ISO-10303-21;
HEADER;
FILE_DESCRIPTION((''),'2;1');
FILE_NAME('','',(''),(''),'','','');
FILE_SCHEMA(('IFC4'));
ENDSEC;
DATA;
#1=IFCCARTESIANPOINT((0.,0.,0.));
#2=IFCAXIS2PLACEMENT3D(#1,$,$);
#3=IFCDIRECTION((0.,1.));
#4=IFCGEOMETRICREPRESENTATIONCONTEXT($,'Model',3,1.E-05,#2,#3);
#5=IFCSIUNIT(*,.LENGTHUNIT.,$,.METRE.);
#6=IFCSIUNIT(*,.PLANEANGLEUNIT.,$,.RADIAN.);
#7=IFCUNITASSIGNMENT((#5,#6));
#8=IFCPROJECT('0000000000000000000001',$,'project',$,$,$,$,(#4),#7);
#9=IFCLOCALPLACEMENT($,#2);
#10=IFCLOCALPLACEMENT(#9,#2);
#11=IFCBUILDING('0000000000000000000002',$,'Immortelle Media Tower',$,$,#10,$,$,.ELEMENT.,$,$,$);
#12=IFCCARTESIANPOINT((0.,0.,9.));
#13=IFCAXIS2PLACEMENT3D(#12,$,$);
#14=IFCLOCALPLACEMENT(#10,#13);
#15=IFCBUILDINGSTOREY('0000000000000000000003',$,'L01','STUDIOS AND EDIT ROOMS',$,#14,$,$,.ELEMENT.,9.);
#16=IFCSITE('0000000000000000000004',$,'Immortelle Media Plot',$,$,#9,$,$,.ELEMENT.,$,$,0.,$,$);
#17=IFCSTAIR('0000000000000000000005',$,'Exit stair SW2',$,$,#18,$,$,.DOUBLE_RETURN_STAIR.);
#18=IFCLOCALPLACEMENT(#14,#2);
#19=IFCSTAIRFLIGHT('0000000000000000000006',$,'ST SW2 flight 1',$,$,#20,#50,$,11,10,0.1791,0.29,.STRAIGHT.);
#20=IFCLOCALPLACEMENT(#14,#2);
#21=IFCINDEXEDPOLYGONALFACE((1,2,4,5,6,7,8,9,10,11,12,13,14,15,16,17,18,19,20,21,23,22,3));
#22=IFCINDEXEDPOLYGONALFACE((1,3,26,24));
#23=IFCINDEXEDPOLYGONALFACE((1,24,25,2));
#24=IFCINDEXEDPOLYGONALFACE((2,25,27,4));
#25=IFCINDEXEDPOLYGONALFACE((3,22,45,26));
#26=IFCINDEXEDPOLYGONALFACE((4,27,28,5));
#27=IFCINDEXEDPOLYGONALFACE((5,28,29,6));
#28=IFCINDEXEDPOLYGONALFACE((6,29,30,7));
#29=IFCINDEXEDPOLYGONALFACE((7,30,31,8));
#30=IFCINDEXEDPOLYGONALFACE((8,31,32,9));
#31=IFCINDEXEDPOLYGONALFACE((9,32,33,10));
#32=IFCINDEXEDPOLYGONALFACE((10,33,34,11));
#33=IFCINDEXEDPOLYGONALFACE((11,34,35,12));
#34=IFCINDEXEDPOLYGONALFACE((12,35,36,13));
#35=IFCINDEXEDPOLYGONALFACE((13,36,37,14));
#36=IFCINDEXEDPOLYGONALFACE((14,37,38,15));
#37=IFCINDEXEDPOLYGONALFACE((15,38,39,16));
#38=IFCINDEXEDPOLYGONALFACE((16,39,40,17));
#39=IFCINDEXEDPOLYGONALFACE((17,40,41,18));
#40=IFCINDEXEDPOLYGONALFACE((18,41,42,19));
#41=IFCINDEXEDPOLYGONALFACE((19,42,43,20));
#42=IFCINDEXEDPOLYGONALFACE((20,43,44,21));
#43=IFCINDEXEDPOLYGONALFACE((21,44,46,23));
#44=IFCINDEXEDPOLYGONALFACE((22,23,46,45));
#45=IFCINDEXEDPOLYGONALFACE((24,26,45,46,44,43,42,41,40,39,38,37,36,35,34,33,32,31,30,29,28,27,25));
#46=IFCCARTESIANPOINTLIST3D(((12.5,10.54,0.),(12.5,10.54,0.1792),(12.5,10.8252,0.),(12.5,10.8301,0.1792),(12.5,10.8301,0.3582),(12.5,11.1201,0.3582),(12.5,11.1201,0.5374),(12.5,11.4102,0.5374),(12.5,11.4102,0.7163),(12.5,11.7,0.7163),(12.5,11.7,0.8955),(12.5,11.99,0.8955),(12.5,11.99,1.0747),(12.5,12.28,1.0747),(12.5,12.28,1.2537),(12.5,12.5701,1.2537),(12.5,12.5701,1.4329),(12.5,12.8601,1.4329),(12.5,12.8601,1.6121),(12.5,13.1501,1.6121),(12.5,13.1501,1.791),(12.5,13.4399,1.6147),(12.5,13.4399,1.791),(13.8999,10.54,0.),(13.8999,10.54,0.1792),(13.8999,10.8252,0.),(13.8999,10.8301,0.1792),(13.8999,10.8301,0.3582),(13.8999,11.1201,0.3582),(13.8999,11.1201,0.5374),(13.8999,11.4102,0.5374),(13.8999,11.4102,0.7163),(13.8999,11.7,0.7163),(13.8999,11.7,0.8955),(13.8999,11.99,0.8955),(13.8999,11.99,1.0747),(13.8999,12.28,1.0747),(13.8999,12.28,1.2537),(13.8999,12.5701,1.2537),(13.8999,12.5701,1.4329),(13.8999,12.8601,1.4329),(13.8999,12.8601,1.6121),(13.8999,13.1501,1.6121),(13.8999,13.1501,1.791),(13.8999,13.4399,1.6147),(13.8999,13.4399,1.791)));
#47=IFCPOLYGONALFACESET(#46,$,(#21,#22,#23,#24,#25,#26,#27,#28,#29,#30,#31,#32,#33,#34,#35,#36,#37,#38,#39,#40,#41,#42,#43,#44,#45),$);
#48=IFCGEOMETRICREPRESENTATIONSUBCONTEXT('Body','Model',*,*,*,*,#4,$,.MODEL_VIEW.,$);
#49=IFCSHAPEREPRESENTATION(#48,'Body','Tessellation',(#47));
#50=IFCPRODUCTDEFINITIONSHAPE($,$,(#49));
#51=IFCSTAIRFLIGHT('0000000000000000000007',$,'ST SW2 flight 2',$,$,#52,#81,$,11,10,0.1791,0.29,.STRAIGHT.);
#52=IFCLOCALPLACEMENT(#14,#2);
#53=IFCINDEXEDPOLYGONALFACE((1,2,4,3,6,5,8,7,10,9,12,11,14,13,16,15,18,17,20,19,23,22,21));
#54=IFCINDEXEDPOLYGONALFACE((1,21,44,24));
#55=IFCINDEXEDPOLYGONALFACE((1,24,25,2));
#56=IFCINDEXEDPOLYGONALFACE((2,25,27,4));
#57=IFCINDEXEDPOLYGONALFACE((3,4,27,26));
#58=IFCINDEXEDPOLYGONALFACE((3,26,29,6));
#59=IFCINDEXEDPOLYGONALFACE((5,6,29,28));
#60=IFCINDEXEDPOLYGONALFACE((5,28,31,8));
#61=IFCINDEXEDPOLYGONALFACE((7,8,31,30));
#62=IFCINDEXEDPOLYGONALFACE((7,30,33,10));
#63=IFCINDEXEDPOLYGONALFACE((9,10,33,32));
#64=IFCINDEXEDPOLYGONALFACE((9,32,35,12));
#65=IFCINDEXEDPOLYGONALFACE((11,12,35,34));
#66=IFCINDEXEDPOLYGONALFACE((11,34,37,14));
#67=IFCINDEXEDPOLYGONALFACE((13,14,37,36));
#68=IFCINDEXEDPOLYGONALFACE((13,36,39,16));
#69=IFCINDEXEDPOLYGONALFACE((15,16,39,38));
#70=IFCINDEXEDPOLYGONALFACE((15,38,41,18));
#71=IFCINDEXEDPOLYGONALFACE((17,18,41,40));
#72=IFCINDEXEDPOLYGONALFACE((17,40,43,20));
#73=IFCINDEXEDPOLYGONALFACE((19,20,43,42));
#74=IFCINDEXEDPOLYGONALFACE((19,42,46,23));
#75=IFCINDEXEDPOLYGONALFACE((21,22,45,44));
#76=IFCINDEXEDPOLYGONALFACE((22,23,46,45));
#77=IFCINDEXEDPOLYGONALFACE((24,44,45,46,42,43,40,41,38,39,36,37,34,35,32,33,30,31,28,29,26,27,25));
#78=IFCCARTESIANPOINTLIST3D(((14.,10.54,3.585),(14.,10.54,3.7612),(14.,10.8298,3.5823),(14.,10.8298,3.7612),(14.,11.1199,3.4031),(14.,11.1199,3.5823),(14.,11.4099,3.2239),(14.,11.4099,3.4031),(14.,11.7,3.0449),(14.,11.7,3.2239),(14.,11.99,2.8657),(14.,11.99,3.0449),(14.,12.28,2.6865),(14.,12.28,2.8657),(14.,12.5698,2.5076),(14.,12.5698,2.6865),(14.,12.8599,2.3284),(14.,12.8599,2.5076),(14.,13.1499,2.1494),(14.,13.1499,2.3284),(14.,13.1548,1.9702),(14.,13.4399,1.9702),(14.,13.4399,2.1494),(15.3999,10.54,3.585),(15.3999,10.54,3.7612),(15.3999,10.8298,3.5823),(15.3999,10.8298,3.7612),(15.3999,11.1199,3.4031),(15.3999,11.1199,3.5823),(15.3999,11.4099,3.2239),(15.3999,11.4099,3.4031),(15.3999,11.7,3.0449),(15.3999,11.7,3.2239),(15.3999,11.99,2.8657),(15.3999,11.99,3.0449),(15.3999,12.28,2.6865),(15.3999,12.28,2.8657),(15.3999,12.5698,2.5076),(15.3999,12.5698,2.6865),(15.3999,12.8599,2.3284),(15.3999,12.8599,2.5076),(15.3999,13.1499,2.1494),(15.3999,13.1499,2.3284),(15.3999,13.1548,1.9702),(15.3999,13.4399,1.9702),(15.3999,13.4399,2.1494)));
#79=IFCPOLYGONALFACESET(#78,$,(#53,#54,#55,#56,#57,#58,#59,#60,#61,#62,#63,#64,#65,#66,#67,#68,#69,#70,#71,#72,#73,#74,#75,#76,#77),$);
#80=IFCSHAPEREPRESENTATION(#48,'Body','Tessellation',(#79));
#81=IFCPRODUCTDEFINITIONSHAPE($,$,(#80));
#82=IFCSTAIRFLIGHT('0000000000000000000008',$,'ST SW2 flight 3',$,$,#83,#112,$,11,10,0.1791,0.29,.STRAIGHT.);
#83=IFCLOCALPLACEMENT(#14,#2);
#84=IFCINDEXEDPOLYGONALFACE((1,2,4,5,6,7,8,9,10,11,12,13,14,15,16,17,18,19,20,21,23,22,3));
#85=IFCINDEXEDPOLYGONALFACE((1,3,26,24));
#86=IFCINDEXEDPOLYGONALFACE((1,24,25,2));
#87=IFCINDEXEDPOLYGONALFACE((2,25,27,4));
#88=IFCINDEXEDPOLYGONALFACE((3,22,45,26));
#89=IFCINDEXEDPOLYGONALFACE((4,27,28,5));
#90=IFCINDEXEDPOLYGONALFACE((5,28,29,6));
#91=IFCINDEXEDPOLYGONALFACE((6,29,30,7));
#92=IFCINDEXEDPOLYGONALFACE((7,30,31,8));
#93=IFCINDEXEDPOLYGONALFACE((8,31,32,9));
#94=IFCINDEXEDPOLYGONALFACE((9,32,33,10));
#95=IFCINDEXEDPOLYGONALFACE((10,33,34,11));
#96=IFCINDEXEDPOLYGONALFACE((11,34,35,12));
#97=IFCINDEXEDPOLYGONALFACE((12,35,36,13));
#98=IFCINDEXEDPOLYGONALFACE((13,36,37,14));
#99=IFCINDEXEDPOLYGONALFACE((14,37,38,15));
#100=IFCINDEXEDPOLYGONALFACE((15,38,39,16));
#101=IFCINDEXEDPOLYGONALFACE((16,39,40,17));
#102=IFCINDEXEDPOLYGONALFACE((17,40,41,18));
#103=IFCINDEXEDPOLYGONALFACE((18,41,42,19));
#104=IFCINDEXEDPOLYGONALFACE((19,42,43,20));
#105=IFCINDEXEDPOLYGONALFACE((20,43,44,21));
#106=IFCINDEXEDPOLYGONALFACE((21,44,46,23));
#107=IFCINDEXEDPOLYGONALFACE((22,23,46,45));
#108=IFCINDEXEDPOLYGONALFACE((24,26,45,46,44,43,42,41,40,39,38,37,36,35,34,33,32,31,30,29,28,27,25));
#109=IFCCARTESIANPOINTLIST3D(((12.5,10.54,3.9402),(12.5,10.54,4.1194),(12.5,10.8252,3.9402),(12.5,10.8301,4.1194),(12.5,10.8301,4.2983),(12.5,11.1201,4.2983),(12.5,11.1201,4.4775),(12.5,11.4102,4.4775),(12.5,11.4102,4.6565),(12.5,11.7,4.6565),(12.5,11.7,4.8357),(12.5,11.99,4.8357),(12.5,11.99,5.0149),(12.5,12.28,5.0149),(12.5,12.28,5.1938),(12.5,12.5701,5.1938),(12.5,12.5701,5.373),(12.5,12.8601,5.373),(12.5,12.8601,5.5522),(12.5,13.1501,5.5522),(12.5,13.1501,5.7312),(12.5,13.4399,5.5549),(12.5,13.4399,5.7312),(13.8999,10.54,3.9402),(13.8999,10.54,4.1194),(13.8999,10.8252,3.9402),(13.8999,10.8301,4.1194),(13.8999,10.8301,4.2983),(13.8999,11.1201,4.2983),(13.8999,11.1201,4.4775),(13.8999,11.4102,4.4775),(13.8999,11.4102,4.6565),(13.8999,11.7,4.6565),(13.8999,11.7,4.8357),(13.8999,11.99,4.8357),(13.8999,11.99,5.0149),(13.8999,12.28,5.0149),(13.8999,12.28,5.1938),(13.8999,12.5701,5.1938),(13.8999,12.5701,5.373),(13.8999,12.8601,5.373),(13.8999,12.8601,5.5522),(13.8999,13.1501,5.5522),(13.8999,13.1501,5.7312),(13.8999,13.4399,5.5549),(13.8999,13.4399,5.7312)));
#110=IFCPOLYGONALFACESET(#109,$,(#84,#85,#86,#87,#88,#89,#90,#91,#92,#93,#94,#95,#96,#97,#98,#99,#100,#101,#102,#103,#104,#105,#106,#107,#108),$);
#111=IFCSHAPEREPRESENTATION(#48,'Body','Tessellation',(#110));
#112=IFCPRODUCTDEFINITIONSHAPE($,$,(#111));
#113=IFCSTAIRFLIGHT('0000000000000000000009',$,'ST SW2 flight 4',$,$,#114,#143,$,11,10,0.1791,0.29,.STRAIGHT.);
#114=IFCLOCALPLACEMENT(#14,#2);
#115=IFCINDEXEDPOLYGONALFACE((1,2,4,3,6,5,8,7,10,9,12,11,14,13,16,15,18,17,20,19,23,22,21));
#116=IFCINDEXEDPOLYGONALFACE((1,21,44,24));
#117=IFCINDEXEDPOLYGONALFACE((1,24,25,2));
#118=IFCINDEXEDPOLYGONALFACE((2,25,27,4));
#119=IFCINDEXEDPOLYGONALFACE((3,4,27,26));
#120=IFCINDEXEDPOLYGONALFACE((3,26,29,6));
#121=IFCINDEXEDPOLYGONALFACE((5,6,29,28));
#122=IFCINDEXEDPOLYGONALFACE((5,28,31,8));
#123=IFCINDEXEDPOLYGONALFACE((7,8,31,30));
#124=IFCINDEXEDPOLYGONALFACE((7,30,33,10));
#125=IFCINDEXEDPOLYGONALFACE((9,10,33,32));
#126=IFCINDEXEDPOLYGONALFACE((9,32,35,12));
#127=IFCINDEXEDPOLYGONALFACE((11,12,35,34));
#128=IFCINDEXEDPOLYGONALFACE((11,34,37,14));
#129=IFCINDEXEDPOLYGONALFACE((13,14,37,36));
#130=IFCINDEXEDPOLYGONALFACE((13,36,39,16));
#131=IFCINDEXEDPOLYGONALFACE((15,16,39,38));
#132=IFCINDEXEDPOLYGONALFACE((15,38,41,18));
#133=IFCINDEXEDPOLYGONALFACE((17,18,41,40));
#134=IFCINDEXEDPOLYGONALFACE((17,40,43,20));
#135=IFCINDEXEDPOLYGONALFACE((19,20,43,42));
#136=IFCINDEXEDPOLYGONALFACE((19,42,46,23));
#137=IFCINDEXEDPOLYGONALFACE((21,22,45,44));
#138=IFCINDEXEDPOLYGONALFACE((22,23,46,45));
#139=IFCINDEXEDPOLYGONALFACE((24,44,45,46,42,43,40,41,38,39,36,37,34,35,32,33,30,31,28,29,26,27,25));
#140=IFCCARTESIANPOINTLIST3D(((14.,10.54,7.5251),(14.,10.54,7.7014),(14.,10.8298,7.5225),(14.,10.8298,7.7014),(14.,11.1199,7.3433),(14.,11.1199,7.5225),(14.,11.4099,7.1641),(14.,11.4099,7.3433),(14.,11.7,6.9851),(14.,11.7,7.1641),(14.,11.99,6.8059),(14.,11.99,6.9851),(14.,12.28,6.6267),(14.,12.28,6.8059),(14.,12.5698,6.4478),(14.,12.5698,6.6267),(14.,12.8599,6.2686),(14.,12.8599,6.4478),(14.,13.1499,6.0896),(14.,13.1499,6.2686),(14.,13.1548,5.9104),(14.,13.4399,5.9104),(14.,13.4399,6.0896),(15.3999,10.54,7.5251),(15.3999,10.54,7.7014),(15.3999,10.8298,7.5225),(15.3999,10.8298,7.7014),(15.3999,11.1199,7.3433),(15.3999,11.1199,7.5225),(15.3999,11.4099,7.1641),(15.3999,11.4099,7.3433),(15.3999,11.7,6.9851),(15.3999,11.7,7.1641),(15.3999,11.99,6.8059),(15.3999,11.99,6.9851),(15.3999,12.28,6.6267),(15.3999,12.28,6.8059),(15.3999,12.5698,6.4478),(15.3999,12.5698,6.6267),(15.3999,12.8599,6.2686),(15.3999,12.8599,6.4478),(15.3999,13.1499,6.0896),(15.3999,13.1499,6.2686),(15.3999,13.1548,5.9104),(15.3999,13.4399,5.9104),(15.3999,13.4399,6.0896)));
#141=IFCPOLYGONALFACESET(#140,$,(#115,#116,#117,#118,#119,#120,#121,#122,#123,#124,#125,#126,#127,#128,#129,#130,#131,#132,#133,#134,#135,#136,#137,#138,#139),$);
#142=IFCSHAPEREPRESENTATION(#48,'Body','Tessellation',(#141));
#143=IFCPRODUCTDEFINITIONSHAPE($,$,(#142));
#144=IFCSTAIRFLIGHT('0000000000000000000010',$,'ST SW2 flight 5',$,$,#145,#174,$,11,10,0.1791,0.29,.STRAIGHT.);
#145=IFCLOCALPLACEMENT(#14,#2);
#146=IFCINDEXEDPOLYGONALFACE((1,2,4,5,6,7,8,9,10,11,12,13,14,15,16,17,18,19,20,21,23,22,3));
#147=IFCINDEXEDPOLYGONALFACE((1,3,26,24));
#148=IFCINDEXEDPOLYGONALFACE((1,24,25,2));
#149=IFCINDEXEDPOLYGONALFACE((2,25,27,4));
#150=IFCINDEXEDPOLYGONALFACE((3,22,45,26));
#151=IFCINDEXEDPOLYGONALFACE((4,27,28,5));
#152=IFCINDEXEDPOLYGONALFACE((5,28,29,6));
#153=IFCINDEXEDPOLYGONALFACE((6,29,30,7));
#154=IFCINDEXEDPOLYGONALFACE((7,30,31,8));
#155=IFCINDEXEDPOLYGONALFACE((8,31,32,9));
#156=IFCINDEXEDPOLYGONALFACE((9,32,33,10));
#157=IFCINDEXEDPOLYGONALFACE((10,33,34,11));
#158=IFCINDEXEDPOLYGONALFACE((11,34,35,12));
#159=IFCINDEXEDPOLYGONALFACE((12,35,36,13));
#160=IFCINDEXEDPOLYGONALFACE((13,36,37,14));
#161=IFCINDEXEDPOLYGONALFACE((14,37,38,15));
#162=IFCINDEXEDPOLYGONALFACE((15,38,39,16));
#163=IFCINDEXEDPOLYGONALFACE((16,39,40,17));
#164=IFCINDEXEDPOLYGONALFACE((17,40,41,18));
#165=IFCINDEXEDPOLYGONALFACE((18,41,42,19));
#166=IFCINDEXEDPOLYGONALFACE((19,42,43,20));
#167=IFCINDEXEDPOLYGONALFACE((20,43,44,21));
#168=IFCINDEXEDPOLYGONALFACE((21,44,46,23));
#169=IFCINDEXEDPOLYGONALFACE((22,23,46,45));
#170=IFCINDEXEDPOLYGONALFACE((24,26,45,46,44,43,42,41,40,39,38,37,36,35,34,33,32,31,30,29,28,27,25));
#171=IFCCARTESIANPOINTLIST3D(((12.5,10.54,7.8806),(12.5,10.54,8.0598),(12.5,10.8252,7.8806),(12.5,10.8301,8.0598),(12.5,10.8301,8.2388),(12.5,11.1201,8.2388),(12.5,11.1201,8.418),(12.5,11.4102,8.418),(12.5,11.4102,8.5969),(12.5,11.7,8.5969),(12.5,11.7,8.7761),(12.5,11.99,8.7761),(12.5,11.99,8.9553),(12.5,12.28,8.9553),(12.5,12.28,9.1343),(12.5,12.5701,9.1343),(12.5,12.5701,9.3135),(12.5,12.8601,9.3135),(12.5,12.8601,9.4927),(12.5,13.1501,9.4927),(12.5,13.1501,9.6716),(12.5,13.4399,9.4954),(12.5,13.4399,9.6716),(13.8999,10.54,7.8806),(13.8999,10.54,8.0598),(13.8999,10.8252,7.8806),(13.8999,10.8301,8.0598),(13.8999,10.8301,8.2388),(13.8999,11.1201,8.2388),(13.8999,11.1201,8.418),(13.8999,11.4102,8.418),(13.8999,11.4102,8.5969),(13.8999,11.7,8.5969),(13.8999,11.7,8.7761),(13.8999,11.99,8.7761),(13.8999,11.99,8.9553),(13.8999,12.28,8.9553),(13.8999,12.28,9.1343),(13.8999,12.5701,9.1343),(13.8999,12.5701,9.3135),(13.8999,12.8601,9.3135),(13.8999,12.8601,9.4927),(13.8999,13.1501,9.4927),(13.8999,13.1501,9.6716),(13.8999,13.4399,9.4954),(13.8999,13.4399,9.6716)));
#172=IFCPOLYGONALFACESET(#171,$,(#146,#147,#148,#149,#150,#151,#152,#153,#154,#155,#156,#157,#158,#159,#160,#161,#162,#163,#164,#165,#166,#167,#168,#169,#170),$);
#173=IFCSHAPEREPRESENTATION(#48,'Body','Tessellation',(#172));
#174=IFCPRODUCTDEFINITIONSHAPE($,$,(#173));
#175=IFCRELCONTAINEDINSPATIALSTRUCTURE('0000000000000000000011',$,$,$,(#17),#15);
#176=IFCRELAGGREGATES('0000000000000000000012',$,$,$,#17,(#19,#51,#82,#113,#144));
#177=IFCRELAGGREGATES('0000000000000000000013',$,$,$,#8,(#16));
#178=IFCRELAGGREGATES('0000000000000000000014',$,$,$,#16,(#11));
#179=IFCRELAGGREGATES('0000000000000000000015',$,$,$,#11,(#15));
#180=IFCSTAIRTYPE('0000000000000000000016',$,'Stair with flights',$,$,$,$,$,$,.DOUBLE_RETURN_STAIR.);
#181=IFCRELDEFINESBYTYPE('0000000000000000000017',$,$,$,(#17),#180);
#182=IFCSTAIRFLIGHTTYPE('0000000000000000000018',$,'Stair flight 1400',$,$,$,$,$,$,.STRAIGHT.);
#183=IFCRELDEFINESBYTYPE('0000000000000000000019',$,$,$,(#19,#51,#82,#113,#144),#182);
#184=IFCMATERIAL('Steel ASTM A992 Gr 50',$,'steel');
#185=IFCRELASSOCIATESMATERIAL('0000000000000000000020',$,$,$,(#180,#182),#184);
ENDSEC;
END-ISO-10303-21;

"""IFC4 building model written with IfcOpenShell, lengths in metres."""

from ifc_helpers import new_model, si_unit, direction, frame, origin, place, context, subcontext, project, spatial, polyline, outline, extrude, material, type_object, element, aggregate, save


model = new_model("IFC4")

# Units and contexts
model_context = context("Model", 3, precision=1e-05, world=origin(), true_north=direction((0.0, 1.0)))
body_context = subcontext(model_context, "Body", "Model", "MODEL_VIEW")
ifc_project = project(units=[si_unit("LENGTHUNIT", "METRE"), si_unit("PLANEANGLEUNIT", "RADIAN")], contexts=[model_context])

# Site, building, storey
site_placement = place(None, origin())
site = spatial("IfcSite", under=ifc_project, at=site_placement, Name="Immortelle Media Plot", CompositionType="ELEMENT", RefElevation=0.0)
building_placement = place(site_placement, origin())
building = spatial("IfcBuilding", under=site, at=building_placement, Name="Immortelle Media Tower", CompositionType="ELEMENT")
storey_placement = place(building_placement, frame((0.0, 0.0, 9.0)))
storey = spatial("IfcBuildingStorey", under=building, at=storey_placement, Name="L01", Description="STUDIOS AND EDIT ROOMS", CompositionType="ELEMENT", Elevation=9.0)

# Shared definitions
ifc_material_1 = material(Name="Steel ASTM A992 Gr 50", Category="steel")

# Stair, stair flights
stair_type = type_object("IfcStairType", Name="Stair with flights", PredefinedType="DOUBLE_RETURN_STAIR", material=ifc_material_1)
stair_flight_type = type_object("IfcStairFlightType", Name="Stair flight 1400", PredefinedType="STRAIGHT", material=ifc_material_1)
stair_1_placement = place(storey_placement, origin())
stair_1 = element("IfcStair", 1, at=stair_1_placement, inside=storey, type_object=stair_type, Name="Exit stair SW2", PredefinedType="DOUBLE_RETURN_STAIR")
stair_flight_1_placement = place(storey_placement, frame((13.2, 10.54, 0.0), z_axis=(0.0, 0.0, 1.0), x_axis=(0.0, 1.0, 0.0)))
stair_flight_1 = element("IfcStairFlight", 2, at=stair_flight_1_placement, type_object=stair_flight_type, Name="ST SW2 flight 1", NumberOfRisers=11, NumberOfTreads=10, PredefinedType="STRAIGHT", RiserHeight=0.1791, TreadLength=0.29, context=body_context, shape_type="SweptSolid", body=[
    extrude(outline(polyline([(0.0, 0.0), (0.0, 0.1792), (0.29, 0.1792), (0.29, 0.3582), (0.5801, 0.3582), (0.5801, 0.5374), (0.8701, 0.5374), (0.8701, 0.7163), (1.1599, 0.7163), (1.1599, 0.8955), (1.45, 0.8955), (1.45, 1.0747), (1.74, 1.0747), (1.74, 1.2537), (2.03, 1.2537), (2.03, 1.4329), (2.3201, 1.4329), (2.3201, 1.6121), (2.6101, 1.6121), (2.6101, 1.791), (2.8999, 1.791), (2.8999, 1.9702), (2.8999, 1.6147), (0.2852, 0.0), (0.0, 0.0)])), frame((0.0, 0.7, 0.0), z_axis=(0.0, -1.0, 0.0), x_axis=(1.0, 0.0, 0.0)), (0.0, 0.0, 1.0), 1.3999),
])
stair_flight_2_placement = place(storey_placement, frame((14.7, 13.4399, 1.9702), z_axis=(0.0, 0.0, 1.0), x_axis=(0.0, -1.0, 0.0)))
stair_flight_2 = element("IfcStairFlight", 3, at=stair_flight_2_placement, type_object=stair_flight_type, Name="ST SW2 flight 2", NumberOfRisers=11, NumberOfTreads=10, PredefinedType="STRAIGHT", RiserHeight=0.1791, TreadLength=0.29, context=body_context, shape_type="SweptSolid", body=[
    extrude(outline(polyline([(0.0, 0.0), (0.0, 0.1792), (0.29, 0.1792), (0.29, 0.3582), (0.5801, 0.3582), (0.5801, 0.5374), (0.8701, 0.5374), (0.8701, 0.7163), (1.1599, 0.7163), (1.1599, 0.8955), (1.45, 0.8955), (1.45, 1.0747), (1.74, 1.0747), (1.74, 1.2537), (2.03, 1.2537), (2.03, 1.4329), (2.3201, 1.4329), (2.3201, 1.6121), (2.6101, 1.6121), (2.6101, 1.791), (2.8999, 1.791), (2.8999, 1.9702), (2.8999, 1.6147), (0.2852, 0.0), (0.0, 0.0)])), frame((0.0, 0.7, 0.0), z_axis=(0.0, -1.0, 0.0), x_axis=(1.0, 0.0, 0.0)), (0.0, 0.0, 1.0), 1.3999),
])
stair_flight_3_placement = place(storey_placement, frame((13.2, 10.54, 3.9402), z_axis=(0.0, 0.0, 1.0), x_axis=(0.0, 1.0, 0.0)))
stair_flight_3 = element("IfcStairFlight", 4, at=stair_flight_3_placement, type_object=stair_flight_type, Name="ST SW2 flight 3", NumberOfRisers=11, NumberOfTreads=10, PredefinedType="STRAIGHT", RiserHeight=0.1791, TreadLength=0.29, context=body_context, shape_type="SweptSolid", body=[
    extrude(outline(polyline([(0.0, 0.0), (0.0, 0.1792), (0.29, 0.1792), (0.29, 0.3582), (0.5801, 0.3582), (0.5801, 0.5374), (0.8701, 0.5374), (0.8701, 0.7163), (1.1599, 0.7163), (1.1599, 0.8955), (1.45, 0.8955), (1.45, 1.0747), (1.74, 1.0747), (1.74, 1.2537), (2.03, 1.2537), (2.03, 1.4329), (2.3201, 1.4329), (2.3201, 1.6121), (2.6101, 1.6121), (2.6101, 1.791), (2.8999, 1.791), (2.8999, 1.9702), (2.8999, 1.6147), (0.2852, 0.0), (0.0, 0.0)])), frame((0.0, 0.7, 0.0), z_axis=(0.0, -1.0, 0.0), x_axis=(1.0, 0.0, 0.0)), (0.0, 0.0, 1.0), 1.3999),
])
stair_flight_4_placement = place(storey_placement, frame((14.7, 13.4399, 5.9104), z_axis=(0.0, 0.0, 1.0), x_axis=(0.0, -1.0, 0.0)))
stair_flight_4 = element("IfcStairFlight", 5, at=stair_flight_4_placement, type_object=stair_flight_type, Name="ST SW2 flight 4", NumberOfRisers=11, NumberOfTreads=10, PredefinedType="STRAIGHT", RiserHeight=0.1791, TreadLength=0.29, context=body_context, shape_type="SweptSolid", body=[
    extrude(outline(polyline([(0.0, 0.0), (0.0, 0.1792), (0.29, 0.1792), (0.29, 0.3582), (0.5801, 0.3582), (0.5801, 0.5374), (0.8701, 0.5374), (0.8701, 0.7163), (1.1599, 0.7163), (1.1599, 0.8955), (1.45, 0.8955), (1.45, 1.0747), (1.74, 1.0747), (1.74, 1.2537), (2.03, 1.2537), (2.03, 1.4329), (2.3201, 1.4329), (2.3201, 1.6121), (2.6101, 1.6121), (2.6101, 1.791), (2.8999, 1.791), (2.8999, 1.9702), (2.8999, 1.6147), (0.2852, 0.0), (0.0, 0.0)])), frame((0.0, 0.7, 0.0), z_axis=(0.0, -1.0, 0.0), x_axis=(1.0, 0.0, 0.0)), (0.0, 0.0, 1.0), 1.3999),
])
stair_flight_5_placement = place(storey_placement, frame((13.2, 10.54, 7.8806), z_axis=(0.0, 0.0, 1.0), x_axis=(0.0, 1.0, 0.0)))
stair_flight_5 = element("IfcStairFlight", 6, at=stair_flight_5_placement, type_object=stair_flight_type, Name="ST SW2 flight 5", NumberOfRisers=11, NumberOfTreads=10, PredefinedType="STRAIGHT", RiserHeight=0.1791, TreadLength=0.29, context=body_context, shape_type="SweptSolid", body=[
    extrude(outline(polyline([(0.0, 0.0), (0.0, 0.1792), (0.29, 0.1792), (0.29, 0.3582), (0.5801, 0.3582), (0.5801, 0.5374), (0.8701, 0.5374), (0.8701, 0.7163), (1.1599, 0.7163), (1.1599, 0.8955), (1.45, 0.8955), (1.45, 1.0747), (1.74, 1.0747), (1.74, 1.2537), (2.03, 1.2537), (2.03, 1.4329), (2.3201, 1.4329), (2.3201, 1.6121), (2.6101, 1.6121), (2.6101, 1.791), (2.8999, 1.791), (2.8999, 1.9702), (2.8999, 1.6147), (0.2852, 0.0), (0.0, 0.0)])), frame((0.0, 0.7, 0.0), z_axis=(0.0, -1.0, 0.0), x_axis=(1.0, 0.0, 0.0)), (0.0, 0.0, 1.0), 1.3999),
])
aggregate(stair_1, [stair_flight_1, stair_flight_2, stair_flight_3, stair_flight_4, stair_flight_5])

save(model, "model.ifc")
